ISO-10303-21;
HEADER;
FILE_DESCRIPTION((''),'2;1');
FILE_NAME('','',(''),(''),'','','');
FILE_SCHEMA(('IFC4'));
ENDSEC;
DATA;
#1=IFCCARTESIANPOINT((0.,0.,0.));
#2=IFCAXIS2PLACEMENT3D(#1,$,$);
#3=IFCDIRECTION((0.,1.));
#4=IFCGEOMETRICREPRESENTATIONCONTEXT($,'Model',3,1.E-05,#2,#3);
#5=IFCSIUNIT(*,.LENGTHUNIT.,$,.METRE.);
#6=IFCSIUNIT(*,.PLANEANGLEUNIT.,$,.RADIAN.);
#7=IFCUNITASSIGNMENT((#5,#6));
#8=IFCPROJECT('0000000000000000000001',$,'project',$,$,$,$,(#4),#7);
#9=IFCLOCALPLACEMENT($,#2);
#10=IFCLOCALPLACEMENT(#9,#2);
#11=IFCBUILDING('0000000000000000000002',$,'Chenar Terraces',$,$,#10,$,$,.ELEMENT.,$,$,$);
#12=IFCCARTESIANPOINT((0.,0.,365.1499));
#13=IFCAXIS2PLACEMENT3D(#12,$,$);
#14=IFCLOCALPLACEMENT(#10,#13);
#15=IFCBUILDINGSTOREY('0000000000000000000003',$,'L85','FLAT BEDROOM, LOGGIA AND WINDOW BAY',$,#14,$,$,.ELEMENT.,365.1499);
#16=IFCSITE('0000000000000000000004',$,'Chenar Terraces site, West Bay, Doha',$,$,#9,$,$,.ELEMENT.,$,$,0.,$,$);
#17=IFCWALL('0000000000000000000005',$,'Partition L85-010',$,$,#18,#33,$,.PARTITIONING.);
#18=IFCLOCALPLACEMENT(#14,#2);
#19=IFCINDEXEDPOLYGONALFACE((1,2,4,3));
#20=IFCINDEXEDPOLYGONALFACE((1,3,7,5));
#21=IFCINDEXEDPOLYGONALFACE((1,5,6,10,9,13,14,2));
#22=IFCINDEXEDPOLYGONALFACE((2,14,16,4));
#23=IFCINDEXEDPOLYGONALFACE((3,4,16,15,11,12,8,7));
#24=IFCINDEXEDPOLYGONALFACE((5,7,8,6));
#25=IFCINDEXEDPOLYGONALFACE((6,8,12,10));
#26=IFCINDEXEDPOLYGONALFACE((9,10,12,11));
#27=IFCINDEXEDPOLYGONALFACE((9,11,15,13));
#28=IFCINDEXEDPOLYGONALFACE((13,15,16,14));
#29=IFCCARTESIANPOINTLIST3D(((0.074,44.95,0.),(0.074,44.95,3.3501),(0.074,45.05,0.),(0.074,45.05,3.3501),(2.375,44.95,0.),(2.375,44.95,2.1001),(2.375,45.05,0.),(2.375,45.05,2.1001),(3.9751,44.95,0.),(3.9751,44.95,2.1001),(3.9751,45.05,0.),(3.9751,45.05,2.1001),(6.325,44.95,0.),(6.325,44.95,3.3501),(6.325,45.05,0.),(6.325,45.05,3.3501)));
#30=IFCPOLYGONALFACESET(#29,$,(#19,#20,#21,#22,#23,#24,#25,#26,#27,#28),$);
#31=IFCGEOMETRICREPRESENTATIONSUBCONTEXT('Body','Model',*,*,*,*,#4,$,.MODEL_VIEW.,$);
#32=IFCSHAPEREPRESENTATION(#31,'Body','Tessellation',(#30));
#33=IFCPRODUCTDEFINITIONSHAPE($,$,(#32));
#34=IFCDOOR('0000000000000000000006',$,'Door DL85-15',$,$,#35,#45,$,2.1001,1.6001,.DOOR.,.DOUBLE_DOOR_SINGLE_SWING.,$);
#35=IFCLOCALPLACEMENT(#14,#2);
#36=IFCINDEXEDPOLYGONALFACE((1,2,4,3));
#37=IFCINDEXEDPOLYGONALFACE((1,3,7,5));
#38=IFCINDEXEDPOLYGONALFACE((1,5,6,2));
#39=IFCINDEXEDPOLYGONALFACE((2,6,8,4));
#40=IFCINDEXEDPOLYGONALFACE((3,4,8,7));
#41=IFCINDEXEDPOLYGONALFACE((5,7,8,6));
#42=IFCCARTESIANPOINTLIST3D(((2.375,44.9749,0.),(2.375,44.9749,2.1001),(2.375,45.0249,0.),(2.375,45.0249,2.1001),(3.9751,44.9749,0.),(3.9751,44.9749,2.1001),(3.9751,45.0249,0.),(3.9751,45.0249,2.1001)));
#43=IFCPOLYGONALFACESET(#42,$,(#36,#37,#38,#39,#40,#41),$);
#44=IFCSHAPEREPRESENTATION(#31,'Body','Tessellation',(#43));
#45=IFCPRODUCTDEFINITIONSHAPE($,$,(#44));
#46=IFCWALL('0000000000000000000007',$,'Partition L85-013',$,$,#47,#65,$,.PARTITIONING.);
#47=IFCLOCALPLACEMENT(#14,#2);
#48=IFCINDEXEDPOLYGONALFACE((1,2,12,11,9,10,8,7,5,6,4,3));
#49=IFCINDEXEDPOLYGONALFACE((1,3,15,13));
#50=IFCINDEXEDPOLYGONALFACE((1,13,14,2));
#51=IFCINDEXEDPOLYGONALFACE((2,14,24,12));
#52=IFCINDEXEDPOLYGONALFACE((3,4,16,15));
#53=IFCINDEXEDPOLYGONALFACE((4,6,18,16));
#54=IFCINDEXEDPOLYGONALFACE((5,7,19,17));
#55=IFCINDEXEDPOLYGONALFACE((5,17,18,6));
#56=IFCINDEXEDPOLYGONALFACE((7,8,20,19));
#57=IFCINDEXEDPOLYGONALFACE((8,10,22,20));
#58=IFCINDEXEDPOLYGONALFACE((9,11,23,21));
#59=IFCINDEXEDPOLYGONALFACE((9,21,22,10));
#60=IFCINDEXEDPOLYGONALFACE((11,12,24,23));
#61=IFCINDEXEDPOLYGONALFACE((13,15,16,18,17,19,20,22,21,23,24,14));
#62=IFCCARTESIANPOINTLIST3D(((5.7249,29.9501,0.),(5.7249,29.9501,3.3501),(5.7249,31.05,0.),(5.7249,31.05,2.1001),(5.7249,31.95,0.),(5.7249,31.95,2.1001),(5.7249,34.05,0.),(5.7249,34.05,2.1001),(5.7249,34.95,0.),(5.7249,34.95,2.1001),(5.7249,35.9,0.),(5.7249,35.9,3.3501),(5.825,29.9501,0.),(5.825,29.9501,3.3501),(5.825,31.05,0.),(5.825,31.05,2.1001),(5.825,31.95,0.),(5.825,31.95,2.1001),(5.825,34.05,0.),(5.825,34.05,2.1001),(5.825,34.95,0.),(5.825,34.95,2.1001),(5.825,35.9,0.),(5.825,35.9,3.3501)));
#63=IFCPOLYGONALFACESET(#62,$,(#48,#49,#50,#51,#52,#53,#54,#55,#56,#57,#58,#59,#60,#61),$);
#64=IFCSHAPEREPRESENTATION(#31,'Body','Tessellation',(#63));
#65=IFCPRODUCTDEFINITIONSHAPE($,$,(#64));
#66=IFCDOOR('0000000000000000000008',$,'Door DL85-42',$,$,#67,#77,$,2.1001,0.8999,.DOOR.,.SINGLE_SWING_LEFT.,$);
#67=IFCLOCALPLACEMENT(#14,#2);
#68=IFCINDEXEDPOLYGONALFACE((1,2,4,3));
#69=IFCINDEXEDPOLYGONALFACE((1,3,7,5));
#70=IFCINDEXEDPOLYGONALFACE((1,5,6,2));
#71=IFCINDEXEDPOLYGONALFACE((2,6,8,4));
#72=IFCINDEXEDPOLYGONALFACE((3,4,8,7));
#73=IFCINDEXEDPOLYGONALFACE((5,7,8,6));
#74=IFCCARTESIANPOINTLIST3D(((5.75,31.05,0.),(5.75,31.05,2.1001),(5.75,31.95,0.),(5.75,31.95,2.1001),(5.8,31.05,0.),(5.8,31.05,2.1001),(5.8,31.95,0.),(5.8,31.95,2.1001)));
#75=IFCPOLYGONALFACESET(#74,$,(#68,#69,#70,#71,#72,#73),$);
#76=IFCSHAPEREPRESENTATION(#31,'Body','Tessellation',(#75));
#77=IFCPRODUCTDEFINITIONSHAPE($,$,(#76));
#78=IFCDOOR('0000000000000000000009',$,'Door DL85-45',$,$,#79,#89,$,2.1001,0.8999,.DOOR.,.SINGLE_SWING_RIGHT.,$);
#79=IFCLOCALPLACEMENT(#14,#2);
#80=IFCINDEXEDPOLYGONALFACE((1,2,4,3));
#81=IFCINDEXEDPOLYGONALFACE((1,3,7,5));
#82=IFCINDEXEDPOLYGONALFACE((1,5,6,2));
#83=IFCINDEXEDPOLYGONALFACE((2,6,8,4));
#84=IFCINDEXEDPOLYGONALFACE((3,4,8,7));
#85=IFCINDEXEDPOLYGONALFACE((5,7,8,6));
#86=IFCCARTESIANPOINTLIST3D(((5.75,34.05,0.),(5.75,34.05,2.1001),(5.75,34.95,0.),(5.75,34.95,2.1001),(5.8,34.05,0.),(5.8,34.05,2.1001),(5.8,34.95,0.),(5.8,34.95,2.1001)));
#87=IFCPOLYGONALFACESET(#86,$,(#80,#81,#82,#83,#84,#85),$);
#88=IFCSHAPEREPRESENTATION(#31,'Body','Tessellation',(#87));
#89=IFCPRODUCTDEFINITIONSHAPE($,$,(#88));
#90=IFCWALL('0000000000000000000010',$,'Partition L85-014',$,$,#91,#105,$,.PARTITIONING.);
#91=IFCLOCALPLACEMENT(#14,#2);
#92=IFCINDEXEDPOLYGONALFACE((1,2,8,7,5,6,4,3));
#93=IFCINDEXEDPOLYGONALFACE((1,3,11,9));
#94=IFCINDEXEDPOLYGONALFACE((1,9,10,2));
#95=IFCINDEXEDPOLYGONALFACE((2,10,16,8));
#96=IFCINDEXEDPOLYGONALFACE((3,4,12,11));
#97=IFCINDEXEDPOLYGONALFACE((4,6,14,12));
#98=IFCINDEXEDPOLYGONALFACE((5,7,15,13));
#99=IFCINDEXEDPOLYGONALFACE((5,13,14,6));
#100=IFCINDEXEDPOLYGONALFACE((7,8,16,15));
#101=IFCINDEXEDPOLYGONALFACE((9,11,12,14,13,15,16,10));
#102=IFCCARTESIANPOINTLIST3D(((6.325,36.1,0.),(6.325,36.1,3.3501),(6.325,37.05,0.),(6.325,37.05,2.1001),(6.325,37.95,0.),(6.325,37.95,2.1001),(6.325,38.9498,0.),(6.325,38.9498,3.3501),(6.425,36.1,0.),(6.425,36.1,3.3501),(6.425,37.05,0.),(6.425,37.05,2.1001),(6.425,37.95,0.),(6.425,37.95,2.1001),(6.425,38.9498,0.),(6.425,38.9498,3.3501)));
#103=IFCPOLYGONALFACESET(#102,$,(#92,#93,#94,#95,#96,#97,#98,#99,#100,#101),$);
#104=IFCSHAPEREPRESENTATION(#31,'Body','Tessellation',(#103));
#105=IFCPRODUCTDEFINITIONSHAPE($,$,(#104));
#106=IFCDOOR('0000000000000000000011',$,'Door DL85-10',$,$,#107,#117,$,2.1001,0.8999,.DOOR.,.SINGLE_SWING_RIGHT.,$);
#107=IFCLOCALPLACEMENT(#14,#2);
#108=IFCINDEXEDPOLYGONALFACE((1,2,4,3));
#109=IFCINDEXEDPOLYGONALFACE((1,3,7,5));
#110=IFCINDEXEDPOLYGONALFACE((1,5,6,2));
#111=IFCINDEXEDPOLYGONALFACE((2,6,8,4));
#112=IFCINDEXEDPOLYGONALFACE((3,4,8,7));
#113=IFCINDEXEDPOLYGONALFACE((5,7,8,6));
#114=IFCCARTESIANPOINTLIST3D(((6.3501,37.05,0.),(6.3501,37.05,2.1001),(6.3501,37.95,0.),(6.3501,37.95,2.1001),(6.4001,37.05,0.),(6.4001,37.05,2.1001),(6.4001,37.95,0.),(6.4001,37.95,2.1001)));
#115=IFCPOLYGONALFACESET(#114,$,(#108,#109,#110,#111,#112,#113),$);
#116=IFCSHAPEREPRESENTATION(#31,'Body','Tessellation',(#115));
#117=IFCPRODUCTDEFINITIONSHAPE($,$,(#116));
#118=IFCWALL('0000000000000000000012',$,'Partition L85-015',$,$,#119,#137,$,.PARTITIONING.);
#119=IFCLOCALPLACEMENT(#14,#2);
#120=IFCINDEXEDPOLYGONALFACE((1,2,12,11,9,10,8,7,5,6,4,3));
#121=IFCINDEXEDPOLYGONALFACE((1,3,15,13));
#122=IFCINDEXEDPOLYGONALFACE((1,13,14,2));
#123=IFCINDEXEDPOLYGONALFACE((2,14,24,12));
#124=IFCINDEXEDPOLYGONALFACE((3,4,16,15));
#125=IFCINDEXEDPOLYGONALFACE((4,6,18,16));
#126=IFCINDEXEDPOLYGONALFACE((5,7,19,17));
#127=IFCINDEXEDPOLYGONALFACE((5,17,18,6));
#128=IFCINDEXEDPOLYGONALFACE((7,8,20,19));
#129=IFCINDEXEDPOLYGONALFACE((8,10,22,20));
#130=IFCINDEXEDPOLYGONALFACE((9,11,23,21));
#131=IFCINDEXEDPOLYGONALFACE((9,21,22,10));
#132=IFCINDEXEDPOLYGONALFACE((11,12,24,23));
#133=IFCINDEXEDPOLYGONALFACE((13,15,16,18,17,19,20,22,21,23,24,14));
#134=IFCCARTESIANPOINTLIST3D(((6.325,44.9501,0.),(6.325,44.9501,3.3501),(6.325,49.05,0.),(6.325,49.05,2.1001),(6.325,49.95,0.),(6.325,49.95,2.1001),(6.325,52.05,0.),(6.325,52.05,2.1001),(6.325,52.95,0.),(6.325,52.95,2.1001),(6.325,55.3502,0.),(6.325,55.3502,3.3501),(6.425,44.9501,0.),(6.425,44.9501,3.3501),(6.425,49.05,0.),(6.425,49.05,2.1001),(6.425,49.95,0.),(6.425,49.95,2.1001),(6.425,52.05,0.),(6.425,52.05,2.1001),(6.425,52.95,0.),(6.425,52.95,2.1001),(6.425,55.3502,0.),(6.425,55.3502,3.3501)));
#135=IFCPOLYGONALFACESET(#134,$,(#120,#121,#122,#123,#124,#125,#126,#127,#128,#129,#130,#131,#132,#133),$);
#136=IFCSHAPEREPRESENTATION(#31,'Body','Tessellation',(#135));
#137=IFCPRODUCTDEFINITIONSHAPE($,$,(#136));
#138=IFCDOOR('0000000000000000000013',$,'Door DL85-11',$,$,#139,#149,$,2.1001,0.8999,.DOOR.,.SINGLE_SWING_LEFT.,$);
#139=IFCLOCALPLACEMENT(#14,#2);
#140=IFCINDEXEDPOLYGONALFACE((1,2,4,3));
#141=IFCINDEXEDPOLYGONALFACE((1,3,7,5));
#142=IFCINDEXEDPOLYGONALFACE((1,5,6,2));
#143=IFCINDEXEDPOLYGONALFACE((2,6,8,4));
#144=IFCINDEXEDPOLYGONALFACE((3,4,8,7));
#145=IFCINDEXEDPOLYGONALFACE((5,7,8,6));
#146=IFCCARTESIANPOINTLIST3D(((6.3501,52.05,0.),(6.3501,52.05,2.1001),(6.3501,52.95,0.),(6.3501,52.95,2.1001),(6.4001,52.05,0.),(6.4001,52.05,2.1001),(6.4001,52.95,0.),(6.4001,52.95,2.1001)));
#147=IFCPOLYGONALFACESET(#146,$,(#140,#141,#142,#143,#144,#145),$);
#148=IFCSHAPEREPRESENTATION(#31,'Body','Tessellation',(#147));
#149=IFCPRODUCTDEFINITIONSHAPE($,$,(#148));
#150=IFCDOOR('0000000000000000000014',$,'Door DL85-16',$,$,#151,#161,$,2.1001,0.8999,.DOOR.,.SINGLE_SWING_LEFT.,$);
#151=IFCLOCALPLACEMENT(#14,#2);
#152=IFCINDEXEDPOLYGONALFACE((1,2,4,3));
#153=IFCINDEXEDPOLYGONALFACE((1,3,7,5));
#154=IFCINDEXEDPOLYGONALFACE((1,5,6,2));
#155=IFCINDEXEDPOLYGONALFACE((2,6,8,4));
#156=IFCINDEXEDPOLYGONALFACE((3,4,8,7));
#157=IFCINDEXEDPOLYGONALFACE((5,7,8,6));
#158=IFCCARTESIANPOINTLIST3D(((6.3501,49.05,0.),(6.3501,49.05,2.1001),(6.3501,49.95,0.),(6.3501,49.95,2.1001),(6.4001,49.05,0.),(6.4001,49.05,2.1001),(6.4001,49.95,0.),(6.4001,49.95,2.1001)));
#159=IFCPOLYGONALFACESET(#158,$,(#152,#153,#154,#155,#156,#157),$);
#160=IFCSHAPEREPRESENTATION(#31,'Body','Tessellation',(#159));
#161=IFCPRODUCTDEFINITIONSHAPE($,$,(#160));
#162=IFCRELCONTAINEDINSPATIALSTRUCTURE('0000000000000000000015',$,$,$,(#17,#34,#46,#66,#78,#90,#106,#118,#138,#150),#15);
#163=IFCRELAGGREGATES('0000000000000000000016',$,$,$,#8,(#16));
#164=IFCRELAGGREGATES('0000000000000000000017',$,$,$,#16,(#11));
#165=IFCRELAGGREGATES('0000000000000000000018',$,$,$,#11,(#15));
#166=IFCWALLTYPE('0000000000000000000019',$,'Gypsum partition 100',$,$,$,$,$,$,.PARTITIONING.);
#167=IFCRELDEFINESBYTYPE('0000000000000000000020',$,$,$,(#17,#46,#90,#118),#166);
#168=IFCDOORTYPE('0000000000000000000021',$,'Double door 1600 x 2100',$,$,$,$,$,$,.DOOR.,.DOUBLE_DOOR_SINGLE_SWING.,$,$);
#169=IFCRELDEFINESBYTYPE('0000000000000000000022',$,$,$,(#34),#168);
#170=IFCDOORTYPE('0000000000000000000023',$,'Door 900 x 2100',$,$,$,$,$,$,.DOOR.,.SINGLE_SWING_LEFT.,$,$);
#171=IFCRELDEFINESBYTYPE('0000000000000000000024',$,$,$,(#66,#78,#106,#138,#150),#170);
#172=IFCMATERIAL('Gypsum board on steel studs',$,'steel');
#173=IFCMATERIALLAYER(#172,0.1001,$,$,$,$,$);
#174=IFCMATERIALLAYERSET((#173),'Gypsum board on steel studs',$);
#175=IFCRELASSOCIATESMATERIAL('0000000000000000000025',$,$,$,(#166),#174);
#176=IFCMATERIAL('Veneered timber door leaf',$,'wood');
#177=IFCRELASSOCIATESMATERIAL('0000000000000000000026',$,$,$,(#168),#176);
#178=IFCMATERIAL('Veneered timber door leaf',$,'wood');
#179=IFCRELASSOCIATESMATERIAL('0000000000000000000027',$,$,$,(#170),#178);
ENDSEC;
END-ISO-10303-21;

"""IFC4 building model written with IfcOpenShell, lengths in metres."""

from ifc_helpers import new_model, si_unit, direction, frame, frame_2d, origin, place, context, subcontext, project, spatial, rectangle, extrude, material, layer, layer_set, type_object, element, fill, save


model = new_model("IFC4")

# Units and contexts
model_context = context("Model", 3, precision=1e-05, world=origin(), true_north=direction((0.0, 1.0)))
body_context = subcontext(model_context, "Body", "Model", "MODEL_VIEW")
ifc_project = project(units=[si_unit("LENGTHUNIT", "METRE"), si_unit("PLANEANGLEUNIT", "RADIAN")], contexts=[model_context])

# Site, building, storey
site_placement = place(None, origin())
site = spatial("IfcSite", under=ifc_project, at=site_placement, Name="Chenar Terraces site, West Bay, Doha", CompositionType="ELEMENT", RefElevation=0.0)
building_placement = place(site_placement, origin())
building = spatial("IfcBuilding", under=site, at=building_placement, Name="Chenar Terraces", CompositionType="ELEMENT")
storey_placement = place(building_placement, frame((0.0, 0.0, 365.1499)))
storey = spatial("IfcBuildingStorey", under=building, at=storey_placement, Name="L85", Description="FLAT BEDROOM, LOGGIA AND WINDOW BAY", CompositionType="ELEMENT", Elevation=365.1499)

# Shared definitions
ifc_material_1 = material(Name="Gypsum board on steel studs", Category="steel")
ifc_layer_1 = layer(ifc_material_1, 0.1001)
ifc_layer_set_1 = layer_set([ifc_layer_1], Name="Gypsum board on steel studs")
wall_type_1 = type_object("IfcWallType", Name="Gypsum partition 100", PredefinedType="PARTITIONING", material=ifc_layer_set_1)

# Wall, opening, door
wall_1_placement = place(storey_placement, frame((0.074, 45.0, 0.0), z_axis=(0.0, 0.0, 1.0), x_axis=(1.0, 0.0, 0.0)))
wall_1 = element("IfcWall", 1, at=wall_1_placement, inside=storey, type_object=wall_type_1, Name="Partition L85-010", PredefinedType="PARTITIONING", context=body_context, shape_type="SweptSolid", body=[
    extrude(rectangle(XDim=6.251, YDim=0.1001, at=frame_2d((3.1255, 0.0))), origin(), (0.0, 0.0, 1.0), 3.3501),
])
opening_1_placement = place(wall_1_placement, frame((2.301, 0.0, 0.0)))
opening_1 = element("IfcOpeningElement", 2, at=opening_1_placement, cuts=wall_1, PredefinedType="OPENING", context=body_context, shape_type="SweptSolid", body=[
    extrude(rectangle(XDim=1.6001, YDim=2.1001, at=frame_2d((0.8, 1.05))), frame((0.0, 0.0601, 0.0), z_axis=(0.0, -1.0, 0.0), x_axis=(1.0, 0.0, 0.0)), (0.0, 0.0, 1.0), 0.1201),
])
ifc_material_2 = material(Name="Veneered timber door leaf", Category="wood")
door_type_1 = type_object("IfcDoorType", Name="Double door 1600 x 2100", OperationType="DOUBLE_DOOR_SINGLE_SWING", PredefinedType="DOOR", material=ifc_material_2)
door_1_placement = place(opening_1_placement, origin())
door_1 = element("IfcDoor", 3, at=door_1_placement, inside=storey, type_object=door_type_1, Name="Door DL85-15", OperationType="DOUBLE_DOOR_SINGLE_SWING", OverallHeight=2.1001, OverallWidth=1.6001, PredefinedType="DOOR", context=body_context, shape_type="SweptSolid", body=[
    extrude(rectangle(XDim=1.6001, YDim=2.1001, at=frame_2d((0.8, 1.05))), frame((0.0, 0.0249, 0.0), z_axis=(0.0, -1.0, 0.0), x_axis=(1.0, 0.0, 0.0)), (0.0, 0.0, 1.0), 0.05),
])
fill(opening_1, door_1)

# Wall, openings, doors
wall_2_placement = place(storey_placement, frame((5.7749, 29.95, 0.0), z_axis=(0.0, 0.0, 1.0), x_axis=(0.0, 1.0, 0.0)))
wall_2 = element("IfcWall", 4, at=wall_2_placement, inside=storey, type_object=wall_type_1, Name="Partition L85-013", PredefinedType="PARTITIONING", context=body_context, shape_type="SweptSolid", body=[
    extrude(rectangle(XDim=5.95, YDim=0.1001, at=frame_2d((2.9751, 0.0))), origin(), (0.0, 0.0, 1.0), 3.3501),
])
opening_2_placement = place(wall_2_placement, frame((1.1001, 0.0, 0.0)))
opening_2 = element("IfcOpeningElement", 5, at=opening_2_placement, cuts=wall_2, PredefinedType="OPENING", context=body_context, shape_type="SweptSolid", body=[
    extrude(rectangle(XDim=0.8999, YDim=2.1001, at=frame_2d((0.45, 1.05))), frame((0.0, 0.0601, 0.0), z_axis=(0.0, -1.0, 0.0), x_axis=(1.0, 0.0, 0.0)), (0.0, 0.0, 1.0), 0.1201),
])
opening_3_placement = place(wall_2_placement, frame((4.1001, 0.0, 0.0)))
opening_3 = element("IfcOpeningElement", 6, at=opening_3_placement, cuts=wall_2, PredefinedType="OPENING", context=body_context, shape_type="SweptSolid", body=[
    extrude(rectangle(XDim=0.8999, YDim=2.1001, at=frame_2d((0.45, 1.05))), frame((0.0, 0.0601, 0.0), z_axis=(0.0, -1.0, 0.0), x_axis=(1.0, 0.0, 0.0)), (0.0, 0.0, 1.0), 0.1201),
])
ifc_material_3 = material(Name="Veneered timber door leaf", Category="wood")
door_type_2 = type_object("IfcDoorType", Name="Door 900 x 2100", OperationType="SINGLE_SWING_LEFT", PredefinedType="DOOR", material=ifc_material_3)
door_2_placement = place(opening_2_placement, origin())
door_2 = element("IfcDoor", 7, at=door_2_placement, inside=storey, type_object=door_type_2, Name="Door DL85-42", OperationType="SINGLE_SWING_LEFT", OverallHeight=2.1001, OverallWidth=0.8999, PredefinedType="DOOR", context=body_context, shape_type="SweptSolid", body=[
    extrude(rectangle(XDim=0.8999, YDim=2.1001, at=frame_2d((0.45, 1.05))), frame((0.0, 0.0249, 0.0), z_axis=(0.0, -1.0, 0.0), x_axis=(1.0, 0.0, 0.0)), (0.0, 0.0, 1.0), 0.05),
])
fill(opening_2, door_2)
door_3_placement = place(opening_3_placement, origin())
door_3 = element("IfcDoor", 8, at=door_3_placement, inside=storey, type_object=door_type_2, Name="Door DL85-45", OperationType="SINGLE_SWING_RIGHT", OverallHeight=2.1001, OverallWidth=0.8999, PredefinedType="DOOR", context=body_context, shape_type="SweptSolid", body=[
    extrude(rectangle(XDim=0.8999, YDim=2.1001, at=frame_2d((0.45, 1.05))), frame((0.0, 0.0249, 0.0), z_axis=(0.0, -1.0, 0.0), x_axis=(1.0, 0.0, 0.0)), (0.0, 0.0, 1.0), 0.05),
])
fill(opening_3, door_3)

# Wall, opening, door
wall_3_placement = place(storey_placement, frame((6.375, 36.1001, 0.0), z_axis=(0.0, 0.0, 1.0), x_axis=(0.0, 1.0, 0.0)))
wall_3 = element("IfcWall", 9, at=wall_3_placement, inside=storey, type_object=wall_type_1, Name="Partition L85-014", PredefinedType="PARTITIONING", context=body_context, shape_type="SweptSolid", body=[
    extrude(rectangle(XDim=2.8499, YDim=0.1001, at=frame_2d((1.4248, 0.0))), origin(), (0.0, 0.0, 1.0), 3.3501),
])
opening_4_placement = place(wall_3_placement, frame((0.95, 0.0, 0.0)))
opening_4 = element("IfcOpeningElement", 10, at=opening_4_placement, cuts=wall_3, PredefinedType="OPENING", context=body_context, shape_type="SweptSolid", body=[
    extrude(rectangle(XDim=0.8999, YDim=2.1001, at=frame_2d((0.45, 1.05))), frame((0.0, 0.0601, 0.0), z_axis=(0.0, -1.0, 0.0), x_axis=(1.0, 0.0, 0.0)), (0.0, 0.0, 1.0), 0.1201),
])
door_4_placement = place(opening_4_placement, origin())
door_4 = element("IfcDoor", 11, at=door_4_placement, inside=storey, type_object=door_type_2, Name="Door DL85-10", OperationType="SINGLE_SWING_RIGHT", OverallHeight=2.1001, OverallWidth=0.8999, PredefinedType="DOOR", context=body_context, shape_type="SweptSolid", body=[
    extrude(rectangle(XDim=0.8999, YDim=2.1001, at=frame_2d((0.45, 1.05))), frame((0.0, 0.0249, 0.0), z_axis=(0.0, -1.0, 0.0), x_axis=(1.0, 0.0, 0.0)), (0.0, 0.0, 1.0), 0.05),
])
fill(opening_4, door_4)

# Wall, openings, doors
wall_4_placement = place(storey_placement, frame((6.375, 44.95, 0.0), z_axis=(0.0, 0.0, 1.0), x_axis=(0.0, 1.0, 0.0)))
wall_4 = element("IfcWall", 12, at=wall_4_placement, inside=storey, type_object=wall_type_1, Name="Partition L85-015", PredefinedType="PARTITIONING", context=body_context, shape_type="SweptSolid", body=[
    extrude(rectangle(XDim=10.4001, YDim=0.1001, at=frame_2d((5.2002, 0.0))), origin(), (0.0, 0.0, 1.0), 3.3501),
])
opening_5_placement = place(wall_4_placement, frame((7.1001, 0.0, 0.0)))
opening_5 = element("IfcOpeningElement", 13, at=opening_5_placement, cuts=wall_4, PredefinedType="OPENING", context=body_context, shape_type="SweptSolid", body=[
    extrude(rectangle(XDim=0.8999, YDim=2.1001, at=frame_2d((0.45, 1.05))), frame((0.0, 0.0601, 0.0), z_axis=(0.0, -1.0, 0.0), x_axis=(1.0, 0.0, 0.0)), (0.0, 0.0, 1.0), 0.1201),
])
opening_6_placement = place(wall_4_placement, frame((4.1001, 0.0, 0.0)))
opening_6 = element("IfcOpeningElement", 14, at=opening_6_placement, cuts=wall_4, PredefinedType="OPENING", context=body_context, shape_type="SweptSolid", body=[
    extrude(rectangle(XDim=0.8999, YDim=2.1001, at=frame_2d((0.45, 1.05))), frame((0.0, 0.0601, 0.0), z_axis=(0.0, -1.0, 0.0), x_axis=(1.0, 0.0, 0.0)), (0.0, 0.0, 1.0), 0.1201),
])
door_5_placement = place(opening_5_placement, origin())
door_5 = element("IfcDoor", 15, at=door_5_placement, inside=storey, type_object=door_type_2, Name="Door DL85-11", OperationType="SINGLE_SWING_LEFT", OverallHeight=2.1001, OverallWidth=0.8999, PredefinedType="DOOR", context=body_context, shape_type="SweptSolid", body=[
    extrude(rectangle(XDim=0.8999, YDim=2.1001, at=frame_2d((0.45, 1.05))), frame((0.0, 0.0249, 0.0), z_axis=(0.0, -1.0, 0.0), x_axis=(1.0, 0.0, 0.0)), (0.0, 0.0, 1.0), 0.05),
])
fill(opening_5, door_5)
door_6_placement = place(opening_6_placement, origin())
door_6 = element("IfcDoor", 16, at=door_6_placement, inside=storey, type_object=door_type_2, Name="Door DL85-16", OperationType="SINGLE_SWING_LEFT", OverallHeight=2.1001, OverallWidth=0.8999, PredefinedType="DOOR", context=body_context, shape_type="SweptSolid", body=[
    extrude(rectangle(XDim=0.8999, YDim=2.1001, at=frame_2d((0.45, 1.05))), frame((0.0, 0.0249, 0.0), z_axis=(0.0, -1.0, 0.0), x_axis=(1.0, 0.0, 0.0)), (0.0, 0.0, 1.0), 0.05),
])
fill(opening_6, door_6)

save(model, "model.ifc")
